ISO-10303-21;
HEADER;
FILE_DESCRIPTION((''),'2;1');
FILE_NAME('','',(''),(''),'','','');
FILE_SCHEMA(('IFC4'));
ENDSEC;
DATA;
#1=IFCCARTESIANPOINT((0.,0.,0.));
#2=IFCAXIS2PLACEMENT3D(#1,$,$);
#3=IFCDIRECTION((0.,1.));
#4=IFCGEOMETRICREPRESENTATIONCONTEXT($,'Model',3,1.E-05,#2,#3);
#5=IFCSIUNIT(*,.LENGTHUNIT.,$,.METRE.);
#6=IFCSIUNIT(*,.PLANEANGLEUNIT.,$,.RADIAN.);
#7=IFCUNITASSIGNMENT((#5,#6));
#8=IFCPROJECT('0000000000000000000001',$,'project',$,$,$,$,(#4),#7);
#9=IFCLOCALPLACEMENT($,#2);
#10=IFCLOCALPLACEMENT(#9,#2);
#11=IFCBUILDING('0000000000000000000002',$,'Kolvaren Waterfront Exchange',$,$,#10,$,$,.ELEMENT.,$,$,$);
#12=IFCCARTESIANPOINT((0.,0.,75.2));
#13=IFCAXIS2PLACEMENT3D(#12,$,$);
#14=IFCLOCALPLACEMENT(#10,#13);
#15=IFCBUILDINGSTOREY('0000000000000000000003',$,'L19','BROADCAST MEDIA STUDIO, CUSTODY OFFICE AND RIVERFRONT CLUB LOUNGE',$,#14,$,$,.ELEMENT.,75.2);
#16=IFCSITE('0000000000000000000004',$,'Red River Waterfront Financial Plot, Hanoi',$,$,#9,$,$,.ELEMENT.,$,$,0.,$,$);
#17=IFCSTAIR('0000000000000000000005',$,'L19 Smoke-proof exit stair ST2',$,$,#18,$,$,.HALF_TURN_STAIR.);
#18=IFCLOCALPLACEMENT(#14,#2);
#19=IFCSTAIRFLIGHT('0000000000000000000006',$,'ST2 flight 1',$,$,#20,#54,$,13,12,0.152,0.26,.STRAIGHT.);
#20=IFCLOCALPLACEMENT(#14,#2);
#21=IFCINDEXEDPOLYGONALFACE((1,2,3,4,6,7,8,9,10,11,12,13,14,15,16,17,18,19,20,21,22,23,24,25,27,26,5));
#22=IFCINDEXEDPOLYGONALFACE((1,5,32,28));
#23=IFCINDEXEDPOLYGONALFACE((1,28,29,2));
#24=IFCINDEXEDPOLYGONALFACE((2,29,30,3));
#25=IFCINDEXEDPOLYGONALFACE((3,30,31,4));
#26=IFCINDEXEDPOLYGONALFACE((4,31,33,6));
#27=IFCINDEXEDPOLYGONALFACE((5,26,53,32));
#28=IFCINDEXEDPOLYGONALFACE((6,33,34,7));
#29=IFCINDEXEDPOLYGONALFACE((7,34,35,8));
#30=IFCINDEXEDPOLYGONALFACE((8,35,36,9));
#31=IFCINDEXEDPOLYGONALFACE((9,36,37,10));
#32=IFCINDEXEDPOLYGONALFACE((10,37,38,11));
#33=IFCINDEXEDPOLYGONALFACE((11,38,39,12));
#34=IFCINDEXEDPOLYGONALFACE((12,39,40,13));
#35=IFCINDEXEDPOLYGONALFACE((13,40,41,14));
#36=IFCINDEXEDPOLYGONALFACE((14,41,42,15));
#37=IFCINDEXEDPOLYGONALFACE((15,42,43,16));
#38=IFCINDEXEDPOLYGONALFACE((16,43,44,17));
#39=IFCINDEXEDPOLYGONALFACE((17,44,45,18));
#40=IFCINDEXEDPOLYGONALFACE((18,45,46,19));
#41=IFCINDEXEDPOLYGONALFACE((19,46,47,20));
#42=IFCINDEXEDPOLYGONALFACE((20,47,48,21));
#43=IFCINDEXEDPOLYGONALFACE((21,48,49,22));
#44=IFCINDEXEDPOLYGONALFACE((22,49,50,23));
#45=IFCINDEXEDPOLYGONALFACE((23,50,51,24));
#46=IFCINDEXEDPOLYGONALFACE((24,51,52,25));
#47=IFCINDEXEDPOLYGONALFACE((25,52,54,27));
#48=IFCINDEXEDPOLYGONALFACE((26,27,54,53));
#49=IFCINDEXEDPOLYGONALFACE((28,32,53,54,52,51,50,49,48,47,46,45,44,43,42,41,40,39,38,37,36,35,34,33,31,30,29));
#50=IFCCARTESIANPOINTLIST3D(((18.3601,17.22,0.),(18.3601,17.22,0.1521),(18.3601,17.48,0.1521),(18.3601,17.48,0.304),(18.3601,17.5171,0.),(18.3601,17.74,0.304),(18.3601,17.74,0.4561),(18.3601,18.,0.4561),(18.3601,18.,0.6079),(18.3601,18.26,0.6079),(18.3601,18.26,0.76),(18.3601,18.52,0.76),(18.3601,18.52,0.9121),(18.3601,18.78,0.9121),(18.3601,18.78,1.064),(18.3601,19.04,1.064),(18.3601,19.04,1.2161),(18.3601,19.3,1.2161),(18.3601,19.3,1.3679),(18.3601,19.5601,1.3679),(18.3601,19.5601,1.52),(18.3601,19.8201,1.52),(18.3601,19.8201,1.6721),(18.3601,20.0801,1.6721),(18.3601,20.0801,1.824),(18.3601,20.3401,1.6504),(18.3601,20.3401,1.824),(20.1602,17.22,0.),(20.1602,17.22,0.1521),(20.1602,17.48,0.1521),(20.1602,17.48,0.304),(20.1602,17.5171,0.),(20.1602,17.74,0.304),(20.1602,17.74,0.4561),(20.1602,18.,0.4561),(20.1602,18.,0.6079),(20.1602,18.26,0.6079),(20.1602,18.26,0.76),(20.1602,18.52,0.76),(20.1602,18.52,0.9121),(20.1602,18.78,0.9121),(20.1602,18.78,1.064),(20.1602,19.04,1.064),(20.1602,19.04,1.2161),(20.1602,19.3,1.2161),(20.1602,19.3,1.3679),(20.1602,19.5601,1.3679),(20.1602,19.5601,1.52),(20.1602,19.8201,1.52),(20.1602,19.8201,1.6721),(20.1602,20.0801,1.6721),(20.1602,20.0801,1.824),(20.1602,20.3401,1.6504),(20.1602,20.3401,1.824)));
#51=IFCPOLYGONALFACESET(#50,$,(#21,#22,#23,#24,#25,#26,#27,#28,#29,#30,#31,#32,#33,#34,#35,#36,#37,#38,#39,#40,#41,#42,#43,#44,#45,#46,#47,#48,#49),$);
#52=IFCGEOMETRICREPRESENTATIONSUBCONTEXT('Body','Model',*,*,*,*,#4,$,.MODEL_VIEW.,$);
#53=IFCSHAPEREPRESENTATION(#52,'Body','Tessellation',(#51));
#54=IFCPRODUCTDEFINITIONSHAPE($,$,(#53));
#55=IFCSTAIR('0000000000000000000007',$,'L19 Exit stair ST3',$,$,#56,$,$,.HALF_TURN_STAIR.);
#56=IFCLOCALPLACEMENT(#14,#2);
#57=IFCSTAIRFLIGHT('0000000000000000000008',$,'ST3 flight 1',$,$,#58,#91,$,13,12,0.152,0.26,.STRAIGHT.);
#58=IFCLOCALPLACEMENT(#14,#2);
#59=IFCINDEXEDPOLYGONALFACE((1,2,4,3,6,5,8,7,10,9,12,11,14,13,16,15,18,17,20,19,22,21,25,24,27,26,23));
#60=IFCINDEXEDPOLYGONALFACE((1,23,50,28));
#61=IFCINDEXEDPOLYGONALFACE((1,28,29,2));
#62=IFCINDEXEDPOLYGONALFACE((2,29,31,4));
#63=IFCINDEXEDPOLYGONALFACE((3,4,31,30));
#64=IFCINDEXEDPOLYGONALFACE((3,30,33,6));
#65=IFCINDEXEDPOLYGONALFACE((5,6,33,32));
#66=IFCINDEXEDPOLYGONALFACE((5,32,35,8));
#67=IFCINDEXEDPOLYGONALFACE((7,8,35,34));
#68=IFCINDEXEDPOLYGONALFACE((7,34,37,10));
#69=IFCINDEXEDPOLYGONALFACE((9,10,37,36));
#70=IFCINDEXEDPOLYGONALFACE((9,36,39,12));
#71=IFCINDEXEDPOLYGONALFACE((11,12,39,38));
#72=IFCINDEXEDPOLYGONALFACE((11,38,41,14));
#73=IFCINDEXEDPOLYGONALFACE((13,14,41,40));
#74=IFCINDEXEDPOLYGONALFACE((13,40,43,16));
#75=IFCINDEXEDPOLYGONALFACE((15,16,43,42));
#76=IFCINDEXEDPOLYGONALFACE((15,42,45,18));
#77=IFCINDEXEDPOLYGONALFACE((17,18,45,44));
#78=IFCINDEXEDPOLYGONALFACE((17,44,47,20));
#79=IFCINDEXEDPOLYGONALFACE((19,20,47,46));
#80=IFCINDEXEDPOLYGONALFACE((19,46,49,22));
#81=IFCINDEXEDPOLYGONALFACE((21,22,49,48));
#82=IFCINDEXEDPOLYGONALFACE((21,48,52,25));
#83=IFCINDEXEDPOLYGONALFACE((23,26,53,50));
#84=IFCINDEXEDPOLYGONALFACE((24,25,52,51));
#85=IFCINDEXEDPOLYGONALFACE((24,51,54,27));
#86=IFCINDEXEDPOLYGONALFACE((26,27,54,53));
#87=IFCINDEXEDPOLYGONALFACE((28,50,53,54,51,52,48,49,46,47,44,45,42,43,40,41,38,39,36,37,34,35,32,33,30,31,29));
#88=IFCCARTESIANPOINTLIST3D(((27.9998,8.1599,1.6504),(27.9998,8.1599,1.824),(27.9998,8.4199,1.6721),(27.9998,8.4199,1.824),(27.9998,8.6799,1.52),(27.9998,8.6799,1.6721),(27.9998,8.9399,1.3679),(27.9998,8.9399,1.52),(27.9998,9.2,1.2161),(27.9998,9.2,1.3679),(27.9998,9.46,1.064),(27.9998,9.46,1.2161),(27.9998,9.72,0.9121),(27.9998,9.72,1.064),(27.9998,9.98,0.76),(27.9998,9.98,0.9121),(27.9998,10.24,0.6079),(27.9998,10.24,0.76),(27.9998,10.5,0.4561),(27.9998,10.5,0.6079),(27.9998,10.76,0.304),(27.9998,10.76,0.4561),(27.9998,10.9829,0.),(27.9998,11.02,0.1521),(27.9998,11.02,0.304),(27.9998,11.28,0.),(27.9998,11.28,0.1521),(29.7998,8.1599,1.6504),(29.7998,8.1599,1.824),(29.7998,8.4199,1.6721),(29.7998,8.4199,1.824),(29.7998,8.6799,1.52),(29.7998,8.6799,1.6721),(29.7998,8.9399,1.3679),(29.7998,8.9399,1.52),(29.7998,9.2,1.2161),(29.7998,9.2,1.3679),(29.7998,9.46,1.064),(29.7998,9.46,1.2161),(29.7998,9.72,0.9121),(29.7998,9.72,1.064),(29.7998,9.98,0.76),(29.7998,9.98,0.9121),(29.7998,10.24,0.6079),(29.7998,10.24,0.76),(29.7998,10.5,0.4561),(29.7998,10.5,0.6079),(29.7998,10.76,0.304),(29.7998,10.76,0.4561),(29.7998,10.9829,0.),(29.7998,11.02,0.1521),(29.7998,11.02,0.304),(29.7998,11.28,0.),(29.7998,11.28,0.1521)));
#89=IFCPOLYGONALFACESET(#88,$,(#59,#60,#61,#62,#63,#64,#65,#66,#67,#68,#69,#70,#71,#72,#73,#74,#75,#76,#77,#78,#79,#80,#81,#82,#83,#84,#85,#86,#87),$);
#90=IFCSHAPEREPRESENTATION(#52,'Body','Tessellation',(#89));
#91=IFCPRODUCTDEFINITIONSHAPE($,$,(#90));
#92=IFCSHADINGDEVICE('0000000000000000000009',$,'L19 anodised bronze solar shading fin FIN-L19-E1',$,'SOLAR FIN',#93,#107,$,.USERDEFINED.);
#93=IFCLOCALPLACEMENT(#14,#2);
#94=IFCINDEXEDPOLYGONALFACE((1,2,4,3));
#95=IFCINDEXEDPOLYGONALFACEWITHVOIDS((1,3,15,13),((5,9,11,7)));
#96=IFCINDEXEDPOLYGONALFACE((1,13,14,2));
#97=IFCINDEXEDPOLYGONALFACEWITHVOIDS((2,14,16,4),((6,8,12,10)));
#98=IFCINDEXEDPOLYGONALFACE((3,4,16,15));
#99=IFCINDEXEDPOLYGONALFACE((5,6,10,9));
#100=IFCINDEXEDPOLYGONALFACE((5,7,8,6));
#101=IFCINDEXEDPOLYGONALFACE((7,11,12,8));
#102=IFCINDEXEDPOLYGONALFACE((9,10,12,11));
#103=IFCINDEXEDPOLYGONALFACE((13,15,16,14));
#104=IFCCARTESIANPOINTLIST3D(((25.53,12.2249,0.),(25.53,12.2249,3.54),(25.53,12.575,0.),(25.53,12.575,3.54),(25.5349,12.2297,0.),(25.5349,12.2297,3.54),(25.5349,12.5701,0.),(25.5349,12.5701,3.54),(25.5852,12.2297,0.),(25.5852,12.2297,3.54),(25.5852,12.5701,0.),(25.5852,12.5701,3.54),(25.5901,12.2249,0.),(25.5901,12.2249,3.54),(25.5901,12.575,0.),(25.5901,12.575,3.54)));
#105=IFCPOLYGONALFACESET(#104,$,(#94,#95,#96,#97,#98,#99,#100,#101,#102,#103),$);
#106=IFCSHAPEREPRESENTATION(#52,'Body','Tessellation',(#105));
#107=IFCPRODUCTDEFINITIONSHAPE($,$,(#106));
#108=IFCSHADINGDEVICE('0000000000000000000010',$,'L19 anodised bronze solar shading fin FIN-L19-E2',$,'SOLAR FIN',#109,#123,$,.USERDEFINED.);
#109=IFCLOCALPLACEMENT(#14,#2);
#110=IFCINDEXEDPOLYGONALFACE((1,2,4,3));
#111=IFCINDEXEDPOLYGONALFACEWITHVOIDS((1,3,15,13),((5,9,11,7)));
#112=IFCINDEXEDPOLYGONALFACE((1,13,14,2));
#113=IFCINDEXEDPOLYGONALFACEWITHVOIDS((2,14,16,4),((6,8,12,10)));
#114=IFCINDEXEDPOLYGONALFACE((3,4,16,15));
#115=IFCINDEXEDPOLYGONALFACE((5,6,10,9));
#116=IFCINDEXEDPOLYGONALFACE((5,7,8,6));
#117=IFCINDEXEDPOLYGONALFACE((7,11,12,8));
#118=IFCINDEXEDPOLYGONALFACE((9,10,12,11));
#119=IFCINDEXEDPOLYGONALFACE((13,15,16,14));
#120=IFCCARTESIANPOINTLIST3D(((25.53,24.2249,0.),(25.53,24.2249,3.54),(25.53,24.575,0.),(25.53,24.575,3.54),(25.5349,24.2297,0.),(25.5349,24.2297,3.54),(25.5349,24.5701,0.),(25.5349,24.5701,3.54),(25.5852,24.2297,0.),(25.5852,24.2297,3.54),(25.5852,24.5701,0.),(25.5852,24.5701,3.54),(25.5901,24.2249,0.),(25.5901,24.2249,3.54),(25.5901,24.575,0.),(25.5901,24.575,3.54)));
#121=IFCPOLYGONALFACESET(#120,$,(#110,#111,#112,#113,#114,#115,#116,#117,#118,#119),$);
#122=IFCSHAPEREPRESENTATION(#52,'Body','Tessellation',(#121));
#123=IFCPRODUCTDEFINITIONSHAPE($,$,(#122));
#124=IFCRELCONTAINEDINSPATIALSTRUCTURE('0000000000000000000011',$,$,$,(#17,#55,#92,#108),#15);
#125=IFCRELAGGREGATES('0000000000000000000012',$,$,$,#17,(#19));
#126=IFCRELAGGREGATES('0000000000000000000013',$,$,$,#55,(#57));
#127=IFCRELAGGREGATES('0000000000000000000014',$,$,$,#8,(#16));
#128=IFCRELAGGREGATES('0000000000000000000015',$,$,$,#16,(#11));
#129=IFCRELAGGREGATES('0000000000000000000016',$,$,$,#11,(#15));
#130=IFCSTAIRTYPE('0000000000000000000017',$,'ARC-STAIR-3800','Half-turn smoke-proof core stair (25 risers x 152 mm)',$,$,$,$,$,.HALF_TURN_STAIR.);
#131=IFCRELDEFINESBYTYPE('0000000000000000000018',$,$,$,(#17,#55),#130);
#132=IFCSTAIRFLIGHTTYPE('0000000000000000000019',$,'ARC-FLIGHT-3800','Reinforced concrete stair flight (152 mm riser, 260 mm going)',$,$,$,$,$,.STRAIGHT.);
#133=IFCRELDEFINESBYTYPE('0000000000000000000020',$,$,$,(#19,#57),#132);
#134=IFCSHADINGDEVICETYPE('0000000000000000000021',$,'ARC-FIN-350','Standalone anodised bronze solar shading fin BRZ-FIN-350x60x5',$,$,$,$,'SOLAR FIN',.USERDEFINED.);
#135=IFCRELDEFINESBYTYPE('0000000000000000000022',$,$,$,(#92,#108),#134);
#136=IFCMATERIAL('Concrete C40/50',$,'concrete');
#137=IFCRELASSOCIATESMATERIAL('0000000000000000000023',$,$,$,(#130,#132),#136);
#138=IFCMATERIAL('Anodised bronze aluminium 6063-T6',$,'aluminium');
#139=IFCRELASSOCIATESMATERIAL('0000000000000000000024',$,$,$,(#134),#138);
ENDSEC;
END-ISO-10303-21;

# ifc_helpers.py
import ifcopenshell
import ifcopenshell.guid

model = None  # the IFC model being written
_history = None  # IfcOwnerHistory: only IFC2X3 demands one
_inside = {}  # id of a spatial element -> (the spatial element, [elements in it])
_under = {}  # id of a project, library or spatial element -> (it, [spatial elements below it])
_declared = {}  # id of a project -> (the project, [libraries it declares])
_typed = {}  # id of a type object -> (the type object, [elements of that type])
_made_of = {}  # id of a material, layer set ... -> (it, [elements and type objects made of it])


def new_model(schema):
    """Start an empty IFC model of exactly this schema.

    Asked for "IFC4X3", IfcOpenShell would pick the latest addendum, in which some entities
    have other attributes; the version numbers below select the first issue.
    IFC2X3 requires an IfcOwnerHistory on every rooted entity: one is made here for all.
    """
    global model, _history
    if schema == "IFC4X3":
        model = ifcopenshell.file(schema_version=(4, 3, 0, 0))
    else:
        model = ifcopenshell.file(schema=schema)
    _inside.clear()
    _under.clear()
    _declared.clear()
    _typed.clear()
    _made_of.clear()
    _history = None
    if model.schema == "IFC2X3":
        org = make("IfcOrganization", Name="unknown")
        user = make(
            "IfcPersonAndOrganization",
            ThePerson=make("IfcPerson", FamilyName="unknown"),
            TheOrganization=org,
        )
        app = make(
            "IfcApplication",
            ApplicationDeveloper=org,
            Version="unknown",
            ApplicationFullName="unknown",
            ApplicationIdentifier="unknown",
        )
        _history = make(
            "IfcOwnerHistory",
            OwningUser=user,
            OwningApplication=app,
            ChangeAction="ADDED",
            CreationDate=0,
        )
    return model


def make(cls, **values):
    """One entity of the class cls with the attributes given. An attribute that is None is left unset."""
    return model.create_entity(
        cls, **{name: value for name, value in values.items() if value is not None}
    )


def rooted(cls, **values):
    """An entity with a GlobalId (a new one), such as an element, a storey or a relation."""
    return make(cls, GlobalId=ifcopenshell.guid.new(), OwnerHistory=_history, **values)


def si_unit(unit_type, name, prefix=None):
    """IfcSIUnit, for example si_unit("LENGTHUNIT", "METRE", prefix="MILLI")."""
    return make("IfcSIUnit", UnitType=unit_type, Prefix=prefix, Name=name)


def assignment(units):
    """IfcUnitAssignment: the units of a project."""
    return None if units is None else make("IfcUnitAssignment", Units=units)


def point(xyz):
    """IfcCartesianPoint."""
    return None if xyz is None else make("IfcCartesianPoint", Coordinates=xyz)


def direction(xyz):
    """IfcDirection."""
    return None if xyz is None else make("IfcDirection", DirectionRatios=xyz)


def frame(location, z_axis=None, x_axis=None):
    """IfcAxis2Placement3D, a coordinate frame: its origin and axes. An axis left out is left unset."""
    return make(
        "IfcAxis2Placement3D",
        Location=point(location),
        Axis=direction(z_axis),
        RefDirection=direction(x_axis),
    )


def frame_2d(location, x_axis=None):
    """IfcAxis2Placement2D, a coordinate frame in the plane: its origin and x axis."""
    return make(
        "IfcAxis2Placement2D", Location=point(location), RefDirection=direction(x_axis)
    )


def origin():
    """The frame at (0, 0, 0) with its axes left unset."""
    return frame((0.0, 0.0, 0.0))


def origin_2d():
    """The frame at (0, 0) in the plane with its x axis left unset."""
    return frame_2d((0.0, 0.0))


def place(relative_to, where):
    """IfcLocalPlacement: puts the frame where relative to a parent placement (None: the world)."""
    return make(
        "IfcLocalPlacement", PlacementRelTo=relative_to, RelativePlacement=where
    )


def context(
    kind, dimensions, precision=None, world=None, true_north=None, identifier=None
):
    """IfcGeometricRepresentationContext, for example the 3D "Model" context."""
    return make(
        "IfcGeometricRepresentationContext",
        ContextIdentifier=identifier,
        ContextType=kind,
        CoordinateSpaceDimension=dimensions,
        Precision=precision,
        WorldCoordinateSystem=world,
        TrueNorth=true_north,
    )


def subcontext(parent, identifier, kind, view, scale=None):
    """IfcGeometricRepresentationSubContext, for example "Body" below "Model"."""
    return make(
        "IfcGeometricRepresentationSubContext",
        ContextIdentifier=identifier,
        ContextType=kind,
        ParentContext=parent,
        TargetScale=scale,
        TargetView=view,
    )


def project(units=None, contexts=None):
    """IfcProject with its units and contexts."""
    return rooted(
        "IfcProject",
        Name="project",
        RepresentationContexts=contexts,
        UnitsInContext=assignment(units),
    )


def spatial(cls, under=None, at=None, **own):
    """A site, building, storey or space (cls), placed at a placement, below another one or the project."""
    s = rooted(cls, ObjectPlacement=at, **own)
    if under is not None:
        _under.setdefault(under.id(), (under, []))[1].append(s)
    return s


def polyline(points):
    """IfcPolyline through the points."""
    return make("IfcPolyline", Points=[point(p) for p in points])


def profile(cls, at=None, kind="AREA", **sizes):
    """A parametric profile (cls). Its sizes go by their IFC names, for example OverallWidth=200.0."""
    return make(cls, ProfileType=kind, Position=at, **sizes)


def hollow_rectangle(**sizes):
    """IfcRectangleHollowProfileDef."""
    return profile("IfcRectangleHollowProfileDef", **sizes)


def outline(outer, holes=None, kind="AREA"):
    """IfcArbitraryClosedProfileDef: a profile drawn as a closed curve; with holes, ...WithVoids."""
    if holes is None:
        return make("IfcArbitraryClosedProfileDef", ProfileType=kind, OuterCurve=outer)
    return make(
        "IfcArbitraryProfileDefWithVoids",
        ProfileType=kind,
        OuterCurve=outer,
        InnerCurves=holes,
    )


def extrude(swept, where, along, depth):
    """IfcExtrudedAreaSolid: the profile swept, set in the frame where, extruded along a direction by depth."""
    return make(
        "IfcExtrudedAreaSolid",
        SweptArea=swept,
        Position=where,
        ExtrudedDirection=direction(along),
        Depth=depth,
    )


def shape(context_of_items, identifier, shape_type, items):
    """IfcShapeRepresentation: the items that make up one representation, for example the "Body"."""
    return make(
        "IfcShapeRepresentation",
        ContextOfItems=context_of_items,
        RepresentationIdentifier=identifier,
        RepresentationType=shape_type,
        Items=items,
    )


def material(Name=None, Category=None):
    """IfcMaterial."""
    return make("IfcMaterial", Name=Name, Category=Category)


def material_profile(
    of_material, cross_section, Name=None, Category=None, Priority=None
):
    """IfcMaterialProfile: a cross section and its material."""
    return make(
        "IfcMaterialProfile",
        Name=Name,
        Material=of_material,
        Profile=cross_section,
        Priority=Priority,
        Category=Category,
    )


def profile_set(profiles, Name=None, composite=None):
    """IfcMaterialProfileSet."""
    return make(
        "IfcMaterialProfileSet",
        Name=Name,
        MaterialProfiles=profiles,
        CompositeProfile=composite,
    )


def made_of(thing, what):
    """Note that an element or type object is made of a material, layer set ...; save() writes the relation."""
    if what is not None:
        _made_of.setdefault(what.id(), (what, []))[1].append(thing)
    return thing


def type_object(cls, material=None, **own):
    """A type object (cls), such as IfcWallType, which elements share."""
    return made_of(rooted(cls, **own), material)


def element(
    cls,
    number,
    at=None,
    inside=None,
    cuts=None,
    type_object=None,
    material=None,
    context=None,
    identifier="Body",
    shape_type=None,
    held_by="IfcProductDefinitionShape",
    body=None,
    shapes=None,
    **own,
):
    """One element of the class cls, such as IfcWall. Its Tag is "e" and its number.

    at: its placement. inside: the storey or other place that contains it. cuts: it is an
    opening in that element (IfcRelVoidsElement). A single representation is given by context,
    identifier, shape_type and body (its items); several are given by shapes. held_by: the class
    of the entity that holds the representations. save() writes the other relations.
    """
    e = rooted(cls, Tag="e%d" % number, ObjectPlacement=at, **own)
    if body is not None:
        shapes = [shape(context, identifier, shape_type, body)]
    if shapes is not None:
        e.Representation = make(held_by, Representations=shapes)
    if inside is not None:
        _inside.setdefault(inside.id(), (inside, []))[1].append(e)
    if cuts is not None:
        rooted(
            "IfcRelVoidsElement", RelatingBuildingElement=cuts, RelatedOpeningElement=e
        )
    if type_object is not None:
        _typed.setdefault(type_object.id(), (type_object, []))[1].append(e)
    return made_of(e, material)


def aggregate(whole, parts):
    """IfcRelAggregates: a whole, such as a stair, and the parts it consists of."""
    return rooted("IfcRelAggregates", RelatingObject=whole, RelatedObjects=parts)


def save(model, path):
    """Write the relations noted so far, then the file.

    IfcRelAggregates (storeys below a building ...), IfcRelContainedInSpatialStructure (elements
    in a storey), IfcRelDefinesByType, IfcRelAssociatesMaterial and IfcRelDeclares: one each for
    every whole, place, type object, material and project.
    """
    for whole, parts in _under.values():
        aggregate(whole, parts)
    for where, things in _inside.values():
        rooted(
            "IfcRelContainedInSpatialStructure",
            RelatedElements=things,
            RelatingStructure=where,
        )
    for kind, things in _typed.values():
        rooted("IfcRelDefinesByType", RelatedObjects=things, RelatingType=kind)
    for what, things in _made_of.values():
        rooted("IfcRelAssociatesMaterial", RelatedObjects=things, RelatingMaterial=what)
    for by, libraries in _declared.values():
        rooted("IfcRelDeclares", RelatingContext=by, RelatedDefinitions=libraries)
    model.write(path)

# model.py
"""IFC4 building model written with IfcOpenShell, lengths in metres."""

from ifc_helpers import new_model, si_unit, direction, frame, origin, origin_2d, place, context, subcontext, project, spatial, polyline, hollow_rectangle, outline, extrude, material, material_profile, profile_set, type_object, element, aggregate, save


model = new_model("IFC4")

# Units and contexts
model_context = context("Model", 3, precision=1e-05, world=origin(), true_north=direction((0.0, 1.0)))
body_context = subcontext(model_context, "Body", "Model", "MODEL_VIEW")
ifc_project = project(units=[si_unit("LENGTHUNIT", "METRE"), si_unit("PLANEANGLEUNIT", "RADIAN")], contexts=[model_context])

# Site, building, storey
site_placement = place(None, origin())
site = spatial("IfcSite", under=ifc_project, at=site_placement, Name="Red River Waterfront Financial Plot, Hanoi", CompositionType="ELEMENT", RefElevation=0.0)
building_placement = place(site_placement, origin())
building = spatial("IfcBuilding", under=site, at=building_placement, Name="Kolvaren Waterfront Exchange", CompositionType="ELEMENT")
storey_placement = place(building_placement, frame((0.0, 0.0, 75.2)))
storey = spatial("IfcBuildingStorey", under=building, at=storey_placement, Name="L19", Description="BROADCAST MEDIA STUDIO, CUSTODY OFFICE AND RIVERFRONT CLUB LOUNGE", CompositionType="ELEMENT", Elevation=75.2)

# Shared definitions
ifc_material_1 = material(Name="Concrete C40/50", Category="concrete")

# Stairs, stair flights
stair_type = type_object("IfcStairType", Name="ARC-STAIR-3800", Description="Half-turn smoke-proof core stair (25 risers x 152 mm)", PredefinedType="HALF_TURN_STAIR", material=ifc_material_1)
stair_1_placement = place(storey_placement, origin())
stair_1 = element("IfcStair", 1, at=stair_1_placement, inside=storey, type_object=stair_type, Name="L19 Smoke-proof exit stair ST2", PredefinedType="HALF_TURN_STAIR")
stair_flight_type = type_object("IfcStairFlightType", Name="ARC-FLIGHT-3800", Description="Reinforced concrete stair flight (152 mm riser, 260 mm going)", PredefinedType="STRAIGHT", material=ifc_material_1)
stair_flight_1_placement = place(storey_placement, frame((19.26, 17.22, 0.0), z_axis=(0.0, 0.0, 1.0), x_axis=(0.0, 1.0, 0.0)))
stair_flight_1 = element("IfcStairFlight", 2, at=stair_flight_1_placement, type_object=stair_flight_type, Name="ST2 flight 1", NumberOfRisers=13, NumberOfTreads=12, PredefinedType="STRAIGHT", RiserHeight=0.152, TreadLength=0.26, context=body_context, shape_type="SweptSolid", body=[
    extrude(outline(polyline([(0.0, 0.0), (0.0, 0.1521), (0.26, 0.1521), (0.26, 0.304), (0.52, 0.304), (0.52, 0.4561), (0.78, 0.4561), (0.78, 0.6079), (1.04, 0.6079), (1.04, 0.76), (1.3, 0.76), (1.3, 0.9121), (1.5601, 0.9121), (1.5601, 1.064), (1.8201, 1.064), (1.8201, 1.2161), (2.0801, 1.2161), (2.0801, 1.3679), (2.3401, 1.3679), (2.3401, 1.52), (2.6001, 1.52), (2.6001, 1.6721), (2.8601, 1.6721), (2.8601, 1.824), (3.1201, 1.824), (3.1201, 1.9761), (3.1201, 1.6504), (0.2971, 0.0), (0.0, 0.0)])), frame((0.0, 0.8999, 0.0), z_axis=(0.0, -1.0, 0.0), x_axis=(1.0, 0.0, 0.0)), (0.0, 0.0, 1.0), 1.8),
])
aggregate(stair_1, [stair_flight_1])
stair_2_placement = place(storey_placement, origin())
stair_2 = element("IfcStair", 3, at=stair_2_placement, inside=storey, type_object=stair_type, Name="L19 Exit stair ST3", PredefinedType="HALF_TURN_STAIR")
stair_flight_2_placement = place(storey_placement, frame((28.8999, 11.28, 0.0), z_axis=(0.0, 0.0, 1.0), x_axis=(0.0, -1.0, 0.0)))
stair_flight_2 = element("IfcStairFlight", 4, at=stair_flight_2_placement, type_object=stair_flight_type, Name="ST3 flight 1", NumberOfRisers=13, NumberOfTreads=12, PredefinedType="STRAIGHT", RiserHeight=0.152, TreadLength=0.26, context=body_context, shape_type="SweptSolid", body=[
    extrude(outline(polyline([(0.0, 0.0), (0.0, 0.1521), (0.26, 0.1521), (0.26, 0.304), (0.52, 0.304), (0.52, 0.4561), (0.78, 0.4561), (0.78, 0.6079), (1.04, 0.6079), (1.04, 0.76), (1.3, 0.76), (1.3, 0.9121), (1.5601, 0.9121), (1.5601, 1.064), (1.8201, 1.064), (1.8201, 1.2161), (2.0801, 1.2161), (2.0801, 1.3679), (2.3401, 1.3679), (2.3401, 1.52), (2.6001, 1.52), (2.6001, 1.6721), (2.8601, 1.6721), (2.8601, 1.824), (3.1201, 1.824), (3.1201, 1.9761), (3.1201, 1.6504), (0.2971, 0.0), (0.0, 0.0)])), frame((0.0, 0.8999, 0.0), z_axis=(0.0, -1.0, 0.0), x_axis=(1.0, 0.0, 0.0)), (0.0, 0.0, 1.0), 1.8),
])
aggregate(stair_2, [stair_flight_2])

# Shading devices
ifc_material_2 = material(Name="Anodised bronze aluminium 6063-T6", Category="aluminium")
ifc_material_profile_1 = material_profile(ifc_material_2, hollow_rectangle(XDim=0.0601, YDim=0.3501, WallThickness=0.0049, at=origin_2d()), Name="BRZ-FIN-350x60x5")
ifc_profile_set_1 = profile_set([ifc_material_profile_1], Name="Anodised bronze aluminium 6063-T6")
shading_device_type = type_object("IfcShadingDeviceType", Name="ARC-FIN-350", Description="Standalone anodised bronze solar shading fin BRZ-FIN-350x60x5", ElementType="SOLAR FIN", PredefinedType="USERDEFINED", material=ifc_profile_set_1)
for number, where, z_axis, x_axis, name in (
    (5, (25.5601, 12.3999, 0.0), (0.0, 0.0, 1.0), (1.0, 0.0, 0.0), "L19 anodised bronze solar shading fin FIN-L19-E1"),
    (6, (25.5601, 24.3999, 0.0), (0.0, 0.0, 1.0), (1.0, 0.0, 0.0), "L19 anodised bronze solar shading fin FIN-L19-E2"),
):
    element("IfcShadingDevice", number, at=place(storey_placement, frame(where, z_axis=z_axis, x_axis=x_axis)), inside=storey, type_object=shading_device_type, Name=name, ObjectType="SOLAR FIN", PredefinedType="USERDEFINED", context=body_context, shape_type="SweptSolid", body=[
        extrude(hollow_rectangle(XDim=0.0601, YDim=0.3501, WallThickness=0.0049, at=origin_2d()), origin(), (0.0, 0.0, 1.0), 3.54),
    ])

save(model, "model.ifc")
